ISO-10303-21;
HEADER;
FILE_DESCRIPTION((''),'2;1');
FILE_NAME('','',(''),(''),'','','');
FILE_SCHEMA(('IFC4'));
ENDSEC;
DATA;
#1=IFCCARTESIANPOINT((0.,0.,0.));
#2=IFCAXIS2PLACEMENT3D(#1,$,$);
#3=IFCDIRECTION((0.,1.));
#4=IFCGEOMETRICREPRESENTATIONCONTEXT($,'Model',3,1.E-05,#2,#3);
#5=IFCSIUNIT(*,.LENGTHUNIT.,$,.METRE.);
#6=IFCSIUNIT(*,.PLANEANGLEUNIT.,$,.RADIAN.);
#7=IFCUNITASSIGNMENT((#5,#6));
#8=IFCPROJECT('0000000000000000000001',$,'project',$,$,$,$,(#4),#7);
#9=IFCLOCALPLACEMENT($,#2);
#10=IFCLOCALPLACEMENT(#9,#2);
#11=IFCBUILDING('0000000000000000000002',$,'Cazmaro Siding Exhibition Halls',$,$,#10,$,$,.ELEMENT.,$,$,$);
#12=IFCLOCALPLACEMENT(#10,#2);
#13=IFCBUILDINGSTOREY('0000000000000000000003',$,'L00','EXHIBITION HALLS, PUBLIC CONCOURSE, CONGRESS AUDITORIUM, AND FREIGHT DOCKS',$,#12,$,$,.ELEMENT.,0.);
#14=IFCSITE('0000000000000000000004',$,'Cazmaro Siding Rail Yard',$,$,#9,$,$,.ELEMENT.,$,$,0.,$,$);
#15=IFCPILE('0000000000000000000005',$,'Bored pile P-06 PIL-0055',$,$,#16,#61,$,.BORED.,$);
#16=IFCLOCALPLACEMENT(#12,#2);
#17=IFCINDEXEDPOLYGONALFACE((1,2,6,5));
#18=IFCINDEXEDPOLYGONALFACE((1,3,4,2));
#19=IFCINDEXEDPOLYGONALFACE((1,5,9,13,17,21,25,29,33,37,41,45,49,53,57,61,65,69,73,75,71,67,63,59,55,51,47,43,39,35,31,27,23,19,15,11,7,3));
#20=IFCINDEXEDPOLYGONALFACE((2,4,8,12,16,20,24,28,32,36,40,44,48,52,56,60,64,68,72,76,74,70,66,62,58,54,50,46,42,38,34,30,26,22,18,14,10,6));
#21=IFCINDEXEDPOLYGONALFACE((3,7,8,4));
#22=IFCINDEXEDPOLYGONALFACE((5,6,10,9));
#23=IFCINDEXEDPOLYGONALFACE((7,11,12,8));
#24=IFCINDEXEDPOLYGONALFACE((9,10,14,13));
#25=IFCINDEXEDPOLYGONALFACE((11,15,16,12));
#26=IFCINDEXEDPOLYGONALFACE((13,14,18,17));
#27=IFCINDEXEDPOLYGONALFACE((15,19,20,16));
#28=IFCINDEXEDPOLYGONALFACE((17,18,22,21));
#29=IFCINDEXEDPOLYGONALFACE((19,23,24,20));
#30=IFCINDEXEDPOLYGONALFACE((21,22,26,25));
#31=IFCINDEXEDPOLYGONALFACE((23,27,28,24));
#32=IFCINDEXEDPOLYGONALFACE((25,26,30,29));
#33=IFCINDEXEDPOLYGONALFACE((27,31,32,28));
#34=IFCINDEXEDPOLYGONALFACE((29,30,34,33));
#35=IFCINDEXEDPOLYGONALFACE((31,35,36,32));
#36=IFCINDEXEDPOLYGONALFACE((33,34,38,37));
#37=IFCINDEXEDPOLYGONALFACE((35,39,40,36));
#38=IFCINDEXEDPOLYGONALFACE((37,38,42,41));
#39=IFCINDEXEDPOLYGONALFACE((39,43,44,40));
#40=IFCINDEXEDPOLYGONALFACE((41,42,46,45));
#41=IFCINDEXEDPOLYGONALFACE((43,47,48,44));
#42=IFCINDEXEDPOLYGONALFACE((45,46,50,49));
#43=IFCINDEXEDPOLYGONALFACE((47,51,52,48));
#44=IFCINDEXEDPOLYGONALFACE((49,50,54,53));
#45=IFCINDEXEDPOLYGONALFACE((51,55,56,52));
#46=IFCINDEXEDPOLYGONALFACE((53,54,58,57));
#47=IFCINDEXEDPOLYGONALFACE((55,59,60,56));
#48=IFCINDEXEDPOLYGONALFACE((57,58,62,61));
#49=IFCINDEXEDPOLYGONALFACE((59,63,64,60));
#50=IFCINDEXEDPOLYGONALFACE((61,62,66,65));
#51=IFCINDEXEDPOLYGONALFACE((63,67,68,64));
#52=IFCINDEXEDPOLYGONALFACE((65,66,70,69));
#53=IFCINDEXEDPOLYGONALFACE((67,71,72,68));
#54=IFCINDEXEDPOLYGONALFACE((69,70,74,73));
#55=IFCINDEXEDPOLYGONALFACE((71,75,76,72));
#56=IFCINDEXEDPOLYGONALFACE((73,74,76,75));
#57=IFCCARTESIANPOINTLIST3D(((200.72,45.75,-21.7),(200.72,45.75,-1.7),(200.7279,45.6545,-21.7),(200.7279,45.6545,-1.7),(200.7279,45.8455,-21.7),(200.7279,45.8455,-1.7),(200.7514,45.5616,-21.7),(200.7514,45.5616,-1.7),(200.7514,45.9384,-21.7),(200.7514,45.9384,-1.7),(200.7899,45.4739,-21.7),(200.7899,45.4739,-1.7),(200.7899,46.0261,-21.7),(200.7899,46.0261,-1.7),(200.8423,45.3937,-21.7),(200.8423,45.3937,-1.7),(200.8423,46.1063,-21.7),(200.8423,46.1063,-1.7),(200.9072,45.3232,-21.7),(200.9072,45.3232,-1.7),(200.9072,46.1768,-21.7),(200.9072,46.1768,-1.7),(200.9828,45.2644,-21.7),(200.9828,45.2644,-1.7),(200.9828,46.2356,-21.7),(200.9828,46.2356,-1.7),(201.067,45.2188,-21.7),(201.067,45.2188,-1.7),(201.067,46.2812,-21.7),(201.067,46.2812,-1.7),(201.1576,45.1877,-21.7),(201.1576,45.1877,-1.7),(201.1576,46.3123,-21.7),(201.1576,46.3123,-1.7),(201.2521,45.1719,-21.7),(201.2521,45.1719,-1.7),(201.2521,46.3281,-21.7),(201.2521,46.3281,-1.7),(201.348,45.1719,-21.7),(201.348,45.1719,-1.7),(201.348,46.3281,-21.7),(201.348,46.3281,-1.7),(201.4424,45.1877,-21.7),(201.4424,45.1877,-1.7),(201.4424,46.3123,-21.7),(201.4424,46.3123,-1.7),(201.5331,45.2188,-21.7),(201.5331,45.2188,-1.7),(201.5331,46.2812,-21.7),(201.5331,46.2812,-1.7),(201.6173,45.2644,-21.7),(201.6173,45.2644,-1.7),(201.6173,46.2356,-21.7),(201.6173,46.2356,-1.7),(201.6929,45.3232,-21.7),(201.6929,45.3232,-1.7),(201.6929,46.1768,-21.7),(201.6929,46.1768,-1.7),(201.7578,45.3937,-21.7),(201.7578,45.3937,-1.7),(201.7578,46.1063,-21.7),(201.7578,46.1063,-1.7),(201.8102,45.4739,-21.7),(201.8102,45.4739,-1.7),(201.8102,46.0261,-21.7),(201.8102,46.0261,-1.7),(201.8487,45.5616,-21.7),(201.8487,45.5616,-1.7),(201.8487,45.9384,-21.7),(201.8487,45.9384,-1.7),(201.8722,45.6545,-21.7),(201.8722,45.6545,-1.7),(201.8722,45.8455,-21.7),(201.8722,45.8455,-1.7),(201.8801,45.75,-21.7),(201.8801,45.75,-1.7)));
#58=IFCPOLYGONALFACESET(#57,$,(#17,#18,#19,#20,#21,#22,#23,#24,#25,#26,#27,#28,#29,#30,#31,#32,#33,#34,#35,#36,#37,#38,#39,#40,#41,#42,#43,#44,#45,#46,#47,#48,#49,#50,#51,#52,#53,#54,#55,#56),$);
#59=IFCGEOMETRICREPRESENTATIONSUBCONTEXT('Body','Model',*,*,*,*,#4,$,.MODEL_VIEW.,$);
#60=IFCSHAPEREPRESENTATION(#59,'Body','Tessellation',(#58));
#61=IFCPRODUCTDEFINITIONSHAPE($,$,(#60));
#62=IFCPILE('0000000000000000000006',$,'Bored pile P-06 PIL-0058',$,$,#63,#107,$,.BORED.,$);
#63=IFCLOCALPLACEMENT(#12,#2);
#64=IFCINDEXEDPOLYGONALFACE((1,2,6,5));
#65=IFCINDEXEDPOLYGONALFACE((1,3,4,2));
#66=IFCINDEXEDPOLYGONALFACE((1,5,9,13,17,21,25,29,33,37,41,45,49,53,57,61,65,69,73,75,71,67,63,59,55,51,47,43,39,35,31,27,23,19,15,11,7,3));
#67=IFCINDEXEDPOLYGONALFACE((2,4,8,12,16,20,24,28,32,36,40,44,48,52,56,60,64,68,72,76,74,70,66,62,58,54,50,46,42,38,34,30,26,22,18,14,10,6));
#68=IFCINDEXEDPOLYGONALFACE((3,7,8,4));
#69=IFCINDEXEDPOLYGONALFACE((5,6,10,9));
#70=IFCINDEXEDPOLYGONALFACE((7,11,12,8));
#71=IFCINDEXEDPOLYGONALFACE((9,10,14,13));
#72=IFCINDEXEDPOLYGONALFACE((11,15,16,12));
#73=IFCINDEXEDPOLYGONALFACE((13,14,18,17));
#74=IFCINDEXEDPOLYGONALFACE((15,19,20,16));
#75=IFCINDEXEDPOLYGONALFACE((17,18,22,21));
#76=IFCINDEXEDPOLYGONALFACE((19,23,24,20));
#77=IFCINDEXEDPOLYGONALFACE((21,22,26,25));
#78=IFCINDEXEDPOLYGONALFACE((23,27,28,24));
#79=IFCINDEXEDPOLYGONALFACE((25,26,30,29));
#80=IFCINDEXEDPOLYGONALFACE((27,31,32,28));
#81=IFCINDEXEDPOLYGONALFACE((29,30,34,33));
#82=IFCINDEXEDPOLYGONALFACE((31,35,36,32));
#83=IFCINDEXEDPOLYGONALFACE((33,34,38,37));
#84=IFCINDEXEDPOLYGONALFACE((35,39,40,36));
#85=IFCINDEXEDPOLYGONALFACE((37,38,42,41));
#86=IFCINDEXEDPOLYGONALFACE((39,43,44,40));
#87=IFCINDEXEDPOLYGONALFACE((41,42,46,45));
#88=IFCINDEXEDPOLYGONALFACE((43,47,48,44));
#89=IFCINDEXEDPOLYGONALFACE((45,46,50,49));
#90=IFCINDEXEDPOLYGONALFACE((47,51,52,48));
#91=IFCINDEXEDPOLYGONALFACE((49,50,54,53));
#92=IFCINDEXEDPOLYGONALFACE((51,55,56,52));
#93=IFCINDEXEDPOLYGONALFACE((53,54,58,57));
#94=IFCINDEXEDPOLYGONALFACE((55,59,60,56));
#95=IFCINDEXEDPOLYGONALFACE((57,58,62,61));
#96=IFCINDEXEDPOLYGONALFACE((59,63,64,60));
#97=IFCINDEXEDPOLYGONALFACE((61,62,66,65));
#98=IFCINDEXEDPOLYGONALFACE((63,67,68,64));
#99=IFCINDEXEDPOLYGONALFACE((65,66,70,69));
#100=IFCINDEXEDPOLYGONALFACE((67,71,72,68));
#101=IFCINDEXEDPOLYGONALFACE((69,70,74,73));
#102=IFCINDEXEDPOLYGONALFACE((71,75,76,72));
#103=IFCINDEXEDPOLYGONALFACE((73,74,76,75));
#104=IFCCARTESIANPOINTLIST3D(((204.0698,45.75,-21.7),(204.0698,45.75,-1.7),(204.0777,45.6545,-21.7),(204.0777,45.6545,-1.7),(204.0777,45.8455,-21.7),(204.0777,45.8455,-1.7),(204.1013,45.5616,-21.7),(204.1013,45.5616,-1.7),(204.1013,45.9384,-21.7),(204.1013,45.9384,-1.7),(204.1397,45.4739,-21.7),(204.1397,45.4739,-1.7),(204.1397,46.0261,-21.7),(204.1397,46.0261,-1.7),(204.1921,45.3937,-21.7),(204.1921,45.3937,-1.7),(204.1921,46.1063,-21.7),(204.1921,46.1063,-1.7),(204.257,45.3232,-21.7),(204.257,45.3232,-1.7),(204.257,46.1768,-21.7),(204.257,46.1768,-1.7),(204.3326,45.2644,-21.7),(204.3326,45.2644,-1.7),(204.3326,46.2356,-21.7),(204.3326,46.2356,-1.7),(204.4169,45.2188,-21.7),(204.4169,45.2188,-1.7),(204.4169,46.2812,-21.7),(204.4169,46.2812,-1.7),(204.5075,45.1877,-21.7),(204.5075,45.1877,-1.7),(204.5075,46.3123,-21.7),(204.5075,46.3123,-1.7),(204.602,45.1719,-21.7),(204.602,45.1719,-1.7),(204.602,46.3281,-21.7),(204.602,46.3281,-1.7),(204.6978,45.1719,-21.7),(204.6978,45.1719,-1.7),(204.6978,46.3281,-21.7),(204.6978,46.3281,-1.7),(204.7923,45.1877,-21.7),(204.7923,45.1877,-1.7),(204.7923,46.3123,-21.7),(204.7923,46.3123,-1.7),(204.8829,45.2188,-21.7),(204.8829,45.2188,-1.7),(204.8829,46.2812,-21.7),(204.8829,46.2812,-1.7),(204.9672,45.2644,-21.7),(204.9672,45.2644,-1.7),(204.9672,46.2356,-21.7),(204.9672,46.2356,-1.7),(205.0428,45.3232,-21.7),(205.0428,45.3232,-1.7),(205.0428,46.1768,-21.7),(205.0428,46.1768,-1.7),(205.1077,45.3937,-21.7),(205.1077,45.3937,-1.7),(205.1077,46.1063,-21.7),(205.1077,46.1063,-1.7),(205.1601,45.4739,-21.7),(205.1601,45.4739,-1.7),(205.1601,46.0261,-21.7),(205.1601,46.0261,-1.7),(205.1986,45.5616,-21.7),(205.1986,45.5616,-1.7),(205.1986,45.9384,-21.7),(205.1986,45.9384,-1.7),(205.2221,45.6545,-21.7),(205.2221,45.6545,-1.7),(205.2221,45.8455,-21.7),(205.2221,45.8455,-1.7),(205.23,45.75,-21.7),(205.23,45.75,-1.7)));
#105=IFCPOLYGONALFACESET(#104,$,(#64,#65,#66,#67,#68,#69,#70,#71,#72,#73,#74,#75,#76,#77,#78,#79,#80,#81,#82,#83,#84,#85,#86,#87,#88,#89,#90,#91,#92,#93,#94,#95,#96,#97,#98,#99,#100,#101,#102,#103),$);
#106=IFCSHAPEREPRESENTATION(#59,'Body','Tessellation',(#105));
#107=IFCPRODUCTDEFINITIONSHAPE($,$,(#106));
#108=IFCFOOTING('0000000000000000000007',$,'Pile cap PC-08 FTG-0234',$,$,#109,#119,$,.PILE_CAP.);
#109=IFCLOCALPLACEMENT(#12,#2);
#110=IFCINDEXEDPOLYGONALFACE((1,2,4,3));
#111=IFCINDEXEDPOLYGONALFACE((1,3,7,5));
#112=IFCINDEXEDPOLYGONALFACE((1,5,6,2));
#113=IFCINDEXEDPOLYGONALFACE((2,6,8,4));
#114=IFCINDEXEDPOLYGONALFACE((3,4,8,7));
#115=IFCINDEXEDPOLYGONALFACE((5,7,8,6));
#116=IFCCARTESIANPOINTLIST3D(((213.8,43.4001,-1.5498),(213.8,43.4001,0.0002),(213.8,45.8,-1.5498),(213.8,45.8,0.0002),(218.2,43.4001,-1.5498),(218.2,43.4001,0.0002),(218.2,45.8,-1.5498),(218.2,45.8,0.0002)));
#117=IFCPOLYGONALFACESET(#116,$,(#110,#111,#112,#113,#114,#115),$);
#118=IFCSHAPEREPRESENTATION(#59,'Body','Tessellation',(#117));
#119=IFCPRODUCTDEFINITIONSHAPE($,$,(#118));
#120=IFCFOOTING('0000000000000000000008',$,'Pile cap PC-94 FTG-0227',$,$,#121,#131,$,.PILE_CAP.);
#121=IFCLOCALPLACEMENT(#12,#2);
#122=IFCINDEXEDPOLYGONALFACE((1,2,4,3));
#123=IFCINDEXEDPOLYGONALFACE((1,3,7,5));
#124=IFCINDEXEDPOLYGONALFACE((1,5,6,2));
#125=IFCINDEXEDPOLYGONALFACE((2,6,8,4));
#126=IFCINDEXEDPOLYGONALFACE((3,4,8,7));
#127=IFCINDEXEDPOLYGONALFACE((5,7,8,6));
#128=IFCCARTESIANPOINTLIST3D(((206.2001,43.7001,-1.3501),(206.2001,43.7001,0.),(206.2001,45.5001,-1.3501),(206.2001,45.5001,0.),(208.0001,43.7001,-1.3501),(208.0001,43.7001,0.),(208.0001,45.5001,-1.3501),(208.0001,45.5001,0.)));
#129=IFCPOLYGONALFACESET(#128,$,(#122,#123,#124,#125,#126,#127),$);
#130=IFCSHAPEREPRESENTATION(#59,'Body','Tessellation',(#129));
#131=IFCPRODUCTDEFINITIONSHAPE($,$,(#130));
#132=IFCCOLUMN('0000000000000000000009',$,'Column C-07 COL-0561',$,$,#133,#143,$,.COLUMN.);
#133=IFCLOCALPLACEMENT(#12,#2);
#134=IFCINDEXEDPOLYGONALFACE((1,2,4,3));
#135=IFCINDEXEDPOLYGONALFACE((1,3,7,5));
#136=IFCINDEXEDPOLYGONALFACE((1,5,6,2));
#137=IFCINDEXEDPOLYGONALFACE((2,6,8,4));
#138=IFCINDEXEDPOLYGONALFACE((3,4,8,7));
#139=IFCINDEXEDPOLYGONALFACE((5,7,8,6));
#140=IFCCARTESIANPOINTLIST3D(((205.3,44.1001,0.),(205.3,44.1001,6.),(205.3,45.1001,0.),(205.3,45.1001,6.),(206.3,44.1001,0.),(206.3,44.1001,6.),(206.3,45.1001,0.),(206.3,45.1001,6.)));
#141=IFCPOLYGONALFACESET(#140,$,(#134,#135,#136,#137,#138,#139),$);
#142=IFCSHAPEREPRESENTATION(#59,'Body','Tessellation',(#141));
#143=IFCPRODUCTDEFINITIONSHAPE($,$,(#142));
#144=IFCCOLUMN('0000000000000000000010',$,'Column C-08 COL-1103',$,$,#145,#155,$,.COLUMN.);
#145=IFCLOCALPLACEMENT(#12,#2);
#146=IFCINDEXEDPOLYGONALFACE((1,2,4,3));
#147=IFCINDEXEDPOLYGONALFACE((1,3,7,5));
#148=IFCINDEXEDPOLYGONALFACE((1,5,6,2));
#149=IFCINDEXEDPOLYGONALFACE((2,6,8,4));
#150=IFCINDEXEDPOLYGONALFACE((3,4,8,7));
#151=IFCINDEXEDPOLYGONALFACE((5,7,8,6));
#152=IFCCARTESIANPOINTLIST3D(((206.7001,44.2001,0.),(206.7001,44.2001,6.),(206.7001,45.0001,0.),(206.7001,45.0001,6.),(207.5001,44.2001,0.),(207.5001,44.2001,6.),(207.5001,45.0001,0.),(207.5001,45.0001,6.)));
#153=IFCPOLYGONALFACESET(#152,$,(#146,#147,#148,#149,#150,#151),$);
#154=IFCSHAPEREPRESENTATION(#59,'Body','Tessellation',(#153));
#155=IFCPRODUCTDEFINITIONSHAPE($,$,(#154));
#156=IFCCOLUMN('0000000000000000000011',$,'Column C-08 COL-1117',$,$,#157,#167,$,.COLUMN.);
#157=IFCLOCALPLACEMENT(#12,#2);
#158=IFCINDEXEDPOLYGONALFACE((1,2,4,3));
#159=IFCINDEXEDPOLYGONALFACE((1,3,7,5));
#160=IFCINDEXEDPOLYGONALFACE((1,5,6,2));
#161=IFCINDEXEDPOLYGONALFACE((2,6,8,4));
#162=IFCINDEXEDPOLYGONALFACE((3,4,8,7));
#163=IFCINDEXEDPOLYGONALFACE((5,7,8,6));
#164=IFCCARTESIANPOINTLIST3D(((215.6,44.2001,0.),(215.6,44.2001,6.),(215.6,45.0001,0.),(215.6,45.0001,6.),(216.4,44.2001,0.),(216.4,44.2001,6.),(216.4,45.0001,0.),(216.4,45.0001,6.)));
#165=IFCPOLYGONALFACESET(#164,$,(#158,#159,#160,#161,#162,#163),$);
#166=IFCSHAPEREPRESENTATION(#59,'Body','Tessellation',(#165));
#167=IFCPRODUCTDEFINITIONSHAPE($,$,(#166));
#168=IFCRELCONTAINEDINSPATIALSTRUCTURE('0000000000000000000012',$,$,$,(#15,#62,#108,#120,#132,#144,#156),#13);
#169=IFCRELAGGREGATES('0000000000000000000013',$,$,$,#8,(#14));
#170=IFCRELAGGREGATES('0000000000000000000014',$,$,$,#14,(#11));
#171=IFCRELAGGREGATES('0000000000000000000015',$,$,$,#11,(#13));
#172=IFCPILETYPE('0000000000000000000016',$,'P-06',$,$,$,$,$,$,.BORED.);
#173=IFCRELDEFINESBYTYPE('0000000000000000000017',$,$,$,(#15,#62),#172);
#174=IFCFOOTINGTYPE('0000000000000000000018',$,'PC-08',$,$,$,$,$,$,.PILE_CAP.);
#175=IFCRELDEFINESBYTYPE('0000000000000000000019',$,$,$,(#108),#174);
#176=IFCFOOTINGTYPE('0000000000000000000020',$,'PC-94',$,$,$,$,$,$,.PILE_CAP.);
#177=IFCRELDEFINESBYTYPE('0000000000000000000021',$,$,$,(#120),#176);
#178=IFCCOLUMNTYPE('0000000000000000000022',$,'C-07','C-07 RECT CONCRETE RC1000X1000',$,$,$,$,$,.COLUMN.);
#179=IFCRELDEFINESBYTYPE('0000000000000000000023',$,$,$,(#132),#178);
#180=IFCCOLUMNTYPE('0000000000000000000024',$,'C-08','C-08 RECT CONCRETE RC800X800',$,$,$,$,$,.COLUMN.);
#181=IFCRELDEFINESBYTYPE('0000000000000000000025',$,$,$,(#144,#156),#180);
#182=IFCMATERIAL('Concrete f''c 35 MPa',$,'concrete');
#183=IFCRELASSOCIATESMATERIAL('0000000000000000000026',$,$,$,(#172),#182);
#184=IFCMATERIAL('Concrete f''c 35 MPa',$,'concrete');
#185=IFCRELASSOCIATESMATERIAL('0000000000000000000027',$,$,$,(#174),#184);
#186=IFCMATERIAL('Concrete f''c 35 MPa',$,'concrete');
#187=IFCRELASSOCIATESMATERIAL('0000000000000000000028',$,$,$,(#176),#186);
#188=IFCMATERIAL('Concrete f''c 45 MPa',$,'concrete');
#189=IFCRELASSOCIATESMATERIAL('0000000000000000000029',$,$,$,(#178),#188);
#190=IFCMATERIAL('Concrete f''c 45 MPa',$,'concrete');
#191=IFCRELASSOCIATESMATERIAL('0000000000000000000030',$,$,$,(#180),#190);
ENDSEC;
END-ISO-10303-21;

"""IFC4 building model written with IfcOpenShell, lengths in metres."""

from ifc_helpers import new_model, si_unit, direction, frame, origin, origin_2d, place, context, subcontext, project, spatial, rectangle, circle, extrude, material, material_profile, profile_set, type_object, element, save


model = new_model("IFC4")

# Units and contexts
model_context = context("Model", 3, precision=1e-05, world=origin(), true_north=direction((0.0, 1.0)))
body_context = subcontext(model_context, "Body", "Model", "MODEL_VIEW")
ifc_project = project(units=[si_unit("LENGTHUNIT", "METRE"), si_unit("PLANEANGLEUNIT", "RADIAN")], contexts=[model_context])

# Site, building, storey
site_placement = place(None, origin())
site = spatial("IfcSite", under=ifc_project, at=site_placement, Name="Cazmaro Siding Rail Yard", CompositionType="ELEMENT", RefElevation=0.0)
building_placement = place(site_placement, origin())
building = spatial("IfcBuilding", under=site, at=building_placement, Name="Cazmaro Siding Exhibition Halls", CompositionType="ELEMENT")
storey_placement = place(building_placement, origin())
storey = spatial("IfcBuildingStorey", under=building, at=storey_placement, Name="L00", Description="EXHIBITION HALLS, PUBLIC CONCOURSE, CONGRESS AUDITORIUM, AND FREIGHT DOCKS", CompositionType="ELEMENT", Elevation=0.0)

# Piles
ifc_material_1 = material(Name="Concrete f'c 35 MPa", Category="concrete")
ifc_material_profile_1 = material_profile(ifc_material_1, circle(Radius=0.5801, at=origin_2d()), Name="CIDH-1160")
ifc_profile_set_1 = profile_set([ifc_material_profile_1], Name="Concrete f'c 35 MPa")
pile_type_1 = type_object("IfcPileType", Name="P-06", PredefinedType="BORED", material=ifc_profile_set_1)
for number, where, z_axis, x_axis, name in (
    (1, (201.3, 45.75, -1.7), (0.0, 0.0, -1.0), (1.0, 0.0, 0.0), "Bored pile P-06 PIL-0055"),
    (2, (204.6499, 45.75, -1.7), (0.0, 0.0, -1.0), (1.0, 0.0, 0.0), "Bored pile P-06 PIL-0058"),
):
    element("IfcPile", number, at=place(storey_placement, frame(where, z_axis=z_axis, x_axis=x_axis)), inside=storey, type_object=pile_type_1, Name=name, PredefinedType="BORED", context=body_context, shape_type="SweptSolid", body=[
        extrude(circle(Radius=0.5801, at=origin_2d()), origin(), (0.0, 0.0, 1.0), 20.0),
    ])

# Footings
ifc_material_2 = material(Name="Concrete f'c 35 MPa", Category="concrete")
footing_type_1 = type_object("IfcFootingType", Name="PC-08", PredefinedType="PILE_CAP", material=ifc_material_2)
footing_1_placement = place(storey_placement, frame((216.0, 44.6001, -1.5498), z_axis=(0.0, 0.0, 1.0), x_axis=(1.0, 0.0, 0.0)))
element("IfcFooting", 3, at=footing_1_placement, inside=storey, type_object=footing_type_1, Name="Pile cap PC-08 FTG-0234", PredefinedType="PILE_CAP", context=body_context, shape_type="SweptSolid", body=[
    extrude(rectangle(XDim=4.3999, YDim=2.3999, at=origin_2d()), origin(), (0.0, 0.0, 1.0), 1.55),
])
ifc_material_3 = material(Name="Concrete f'c 35 MPa", Category="concrete")
footing_type_2 = type_object("IfcFootingType", Name="PC-94", PredefinedType="PILE_CAP", material=ifc_material_3)
footing_2_placement = place(storey_placement, frame((207.1001, 44.6001, -1.3501), z_axis=(0.0, 0.0, 1.0), x_axis=(1.0, 0.0, 0.0)))
element("IfcFooting", 4, at=footing_2_placement, inside=storey, type_object=footing_type_2, Name="Pile cap PC-94 FTG-0227", PredefinedType="PILE_CAP", context=body_context, shape_type="SweptSolid", body=[
    extrude(rectangle(XDim=1.8, YDim=1.8, at=origin_2d()), origin(), (0.0, 0.0, 1.0), 1.3501),
])

# Columns
ifc_material_4 = material(Name="Concrete f'c 45 MPa", Category="concrete")
ifc_material_profile_2 = material_profile(ifc_material_4, rectangle(XDim=1.0, YDim=1.0, at=origin_2d()), Name="RC1000X1000")
ifc_profile_set_2 = profile_set([ifc_material_profile_2], Name="Concrete f'c 45 MPa")
column_type_1 = type_object("IfcColumnType", Name="C-07", Description="C-07 RECT CONCRETE RC1000X1000", PredefinedType="COLUMN", material=ifc_profile_set_2)
column_placement = place(storey_placement, frame((205.8, 44.6001, 0.0), z_axis=(0.0, 0.0, 1.0), x_axis=(1.0, 0.0, 0.0)))
element("IfcColumn", 5, at=column_placement, inside=storey, type_object=column_type_1, Name="Column C-07 COL-0561", PredefinedType="COLUMN", context=body_context, shape_type="SweptSolid", body=[
    extrude(rectangle(XDim=1.0, YDim=1.0, at=origin_2d()), origin(), (0.0, 0.0, 1.0), 6.0),
])
ifc_material_5 = material(Name="Concrete f'c 45 MPa", Category="concrete")
ifc_material_profile_3 = material_profile(ifc_material_5, rectangle(XDim=0.8, YDim=0.8, at=origin_2d()), Name="RC800X800")
ifc_profile_set_3 = profile_set([ifc_material_profile_3], Name="Concrete f'c 45 MPa")
column_type_2 = type_object("IfcColumnType", Name="C-08", Description="C-08 RECT CONCRETE RC800X800", PredefinedType="COLUMN", material=ifc_profile_set_3)
for number, where, z_axis, x_axis, name in (
    (6, (207.1001, 44.6001, 0.0), (0.0, 0.0, 1.0), (1.0, 0.0, 0.0), "Column C-08 COL-1103"),
    (7, (216.0, 44.6001, 0.0), (0.0, 0.0, 1.0), (1.0, 0.0, 0.0), "Column C-08 COL-1117"),
):
    element("IfcColumn", number, at=place(storey_placement, frame(where, z_axis=z_axis, x_axis=x_axis)), inside=storey, type_object=column_type_2, Name=name, PredefinedType="COLUMN", context=body_context, shape_type="SweptSolid", body=[
        extrude(rectangle(XDim=0.8, YDim=0.8, at=origin_2d()), origin(), (0.0, 0.0, 1.0), 6.0),
    ])

save(model, "model.ifc")
